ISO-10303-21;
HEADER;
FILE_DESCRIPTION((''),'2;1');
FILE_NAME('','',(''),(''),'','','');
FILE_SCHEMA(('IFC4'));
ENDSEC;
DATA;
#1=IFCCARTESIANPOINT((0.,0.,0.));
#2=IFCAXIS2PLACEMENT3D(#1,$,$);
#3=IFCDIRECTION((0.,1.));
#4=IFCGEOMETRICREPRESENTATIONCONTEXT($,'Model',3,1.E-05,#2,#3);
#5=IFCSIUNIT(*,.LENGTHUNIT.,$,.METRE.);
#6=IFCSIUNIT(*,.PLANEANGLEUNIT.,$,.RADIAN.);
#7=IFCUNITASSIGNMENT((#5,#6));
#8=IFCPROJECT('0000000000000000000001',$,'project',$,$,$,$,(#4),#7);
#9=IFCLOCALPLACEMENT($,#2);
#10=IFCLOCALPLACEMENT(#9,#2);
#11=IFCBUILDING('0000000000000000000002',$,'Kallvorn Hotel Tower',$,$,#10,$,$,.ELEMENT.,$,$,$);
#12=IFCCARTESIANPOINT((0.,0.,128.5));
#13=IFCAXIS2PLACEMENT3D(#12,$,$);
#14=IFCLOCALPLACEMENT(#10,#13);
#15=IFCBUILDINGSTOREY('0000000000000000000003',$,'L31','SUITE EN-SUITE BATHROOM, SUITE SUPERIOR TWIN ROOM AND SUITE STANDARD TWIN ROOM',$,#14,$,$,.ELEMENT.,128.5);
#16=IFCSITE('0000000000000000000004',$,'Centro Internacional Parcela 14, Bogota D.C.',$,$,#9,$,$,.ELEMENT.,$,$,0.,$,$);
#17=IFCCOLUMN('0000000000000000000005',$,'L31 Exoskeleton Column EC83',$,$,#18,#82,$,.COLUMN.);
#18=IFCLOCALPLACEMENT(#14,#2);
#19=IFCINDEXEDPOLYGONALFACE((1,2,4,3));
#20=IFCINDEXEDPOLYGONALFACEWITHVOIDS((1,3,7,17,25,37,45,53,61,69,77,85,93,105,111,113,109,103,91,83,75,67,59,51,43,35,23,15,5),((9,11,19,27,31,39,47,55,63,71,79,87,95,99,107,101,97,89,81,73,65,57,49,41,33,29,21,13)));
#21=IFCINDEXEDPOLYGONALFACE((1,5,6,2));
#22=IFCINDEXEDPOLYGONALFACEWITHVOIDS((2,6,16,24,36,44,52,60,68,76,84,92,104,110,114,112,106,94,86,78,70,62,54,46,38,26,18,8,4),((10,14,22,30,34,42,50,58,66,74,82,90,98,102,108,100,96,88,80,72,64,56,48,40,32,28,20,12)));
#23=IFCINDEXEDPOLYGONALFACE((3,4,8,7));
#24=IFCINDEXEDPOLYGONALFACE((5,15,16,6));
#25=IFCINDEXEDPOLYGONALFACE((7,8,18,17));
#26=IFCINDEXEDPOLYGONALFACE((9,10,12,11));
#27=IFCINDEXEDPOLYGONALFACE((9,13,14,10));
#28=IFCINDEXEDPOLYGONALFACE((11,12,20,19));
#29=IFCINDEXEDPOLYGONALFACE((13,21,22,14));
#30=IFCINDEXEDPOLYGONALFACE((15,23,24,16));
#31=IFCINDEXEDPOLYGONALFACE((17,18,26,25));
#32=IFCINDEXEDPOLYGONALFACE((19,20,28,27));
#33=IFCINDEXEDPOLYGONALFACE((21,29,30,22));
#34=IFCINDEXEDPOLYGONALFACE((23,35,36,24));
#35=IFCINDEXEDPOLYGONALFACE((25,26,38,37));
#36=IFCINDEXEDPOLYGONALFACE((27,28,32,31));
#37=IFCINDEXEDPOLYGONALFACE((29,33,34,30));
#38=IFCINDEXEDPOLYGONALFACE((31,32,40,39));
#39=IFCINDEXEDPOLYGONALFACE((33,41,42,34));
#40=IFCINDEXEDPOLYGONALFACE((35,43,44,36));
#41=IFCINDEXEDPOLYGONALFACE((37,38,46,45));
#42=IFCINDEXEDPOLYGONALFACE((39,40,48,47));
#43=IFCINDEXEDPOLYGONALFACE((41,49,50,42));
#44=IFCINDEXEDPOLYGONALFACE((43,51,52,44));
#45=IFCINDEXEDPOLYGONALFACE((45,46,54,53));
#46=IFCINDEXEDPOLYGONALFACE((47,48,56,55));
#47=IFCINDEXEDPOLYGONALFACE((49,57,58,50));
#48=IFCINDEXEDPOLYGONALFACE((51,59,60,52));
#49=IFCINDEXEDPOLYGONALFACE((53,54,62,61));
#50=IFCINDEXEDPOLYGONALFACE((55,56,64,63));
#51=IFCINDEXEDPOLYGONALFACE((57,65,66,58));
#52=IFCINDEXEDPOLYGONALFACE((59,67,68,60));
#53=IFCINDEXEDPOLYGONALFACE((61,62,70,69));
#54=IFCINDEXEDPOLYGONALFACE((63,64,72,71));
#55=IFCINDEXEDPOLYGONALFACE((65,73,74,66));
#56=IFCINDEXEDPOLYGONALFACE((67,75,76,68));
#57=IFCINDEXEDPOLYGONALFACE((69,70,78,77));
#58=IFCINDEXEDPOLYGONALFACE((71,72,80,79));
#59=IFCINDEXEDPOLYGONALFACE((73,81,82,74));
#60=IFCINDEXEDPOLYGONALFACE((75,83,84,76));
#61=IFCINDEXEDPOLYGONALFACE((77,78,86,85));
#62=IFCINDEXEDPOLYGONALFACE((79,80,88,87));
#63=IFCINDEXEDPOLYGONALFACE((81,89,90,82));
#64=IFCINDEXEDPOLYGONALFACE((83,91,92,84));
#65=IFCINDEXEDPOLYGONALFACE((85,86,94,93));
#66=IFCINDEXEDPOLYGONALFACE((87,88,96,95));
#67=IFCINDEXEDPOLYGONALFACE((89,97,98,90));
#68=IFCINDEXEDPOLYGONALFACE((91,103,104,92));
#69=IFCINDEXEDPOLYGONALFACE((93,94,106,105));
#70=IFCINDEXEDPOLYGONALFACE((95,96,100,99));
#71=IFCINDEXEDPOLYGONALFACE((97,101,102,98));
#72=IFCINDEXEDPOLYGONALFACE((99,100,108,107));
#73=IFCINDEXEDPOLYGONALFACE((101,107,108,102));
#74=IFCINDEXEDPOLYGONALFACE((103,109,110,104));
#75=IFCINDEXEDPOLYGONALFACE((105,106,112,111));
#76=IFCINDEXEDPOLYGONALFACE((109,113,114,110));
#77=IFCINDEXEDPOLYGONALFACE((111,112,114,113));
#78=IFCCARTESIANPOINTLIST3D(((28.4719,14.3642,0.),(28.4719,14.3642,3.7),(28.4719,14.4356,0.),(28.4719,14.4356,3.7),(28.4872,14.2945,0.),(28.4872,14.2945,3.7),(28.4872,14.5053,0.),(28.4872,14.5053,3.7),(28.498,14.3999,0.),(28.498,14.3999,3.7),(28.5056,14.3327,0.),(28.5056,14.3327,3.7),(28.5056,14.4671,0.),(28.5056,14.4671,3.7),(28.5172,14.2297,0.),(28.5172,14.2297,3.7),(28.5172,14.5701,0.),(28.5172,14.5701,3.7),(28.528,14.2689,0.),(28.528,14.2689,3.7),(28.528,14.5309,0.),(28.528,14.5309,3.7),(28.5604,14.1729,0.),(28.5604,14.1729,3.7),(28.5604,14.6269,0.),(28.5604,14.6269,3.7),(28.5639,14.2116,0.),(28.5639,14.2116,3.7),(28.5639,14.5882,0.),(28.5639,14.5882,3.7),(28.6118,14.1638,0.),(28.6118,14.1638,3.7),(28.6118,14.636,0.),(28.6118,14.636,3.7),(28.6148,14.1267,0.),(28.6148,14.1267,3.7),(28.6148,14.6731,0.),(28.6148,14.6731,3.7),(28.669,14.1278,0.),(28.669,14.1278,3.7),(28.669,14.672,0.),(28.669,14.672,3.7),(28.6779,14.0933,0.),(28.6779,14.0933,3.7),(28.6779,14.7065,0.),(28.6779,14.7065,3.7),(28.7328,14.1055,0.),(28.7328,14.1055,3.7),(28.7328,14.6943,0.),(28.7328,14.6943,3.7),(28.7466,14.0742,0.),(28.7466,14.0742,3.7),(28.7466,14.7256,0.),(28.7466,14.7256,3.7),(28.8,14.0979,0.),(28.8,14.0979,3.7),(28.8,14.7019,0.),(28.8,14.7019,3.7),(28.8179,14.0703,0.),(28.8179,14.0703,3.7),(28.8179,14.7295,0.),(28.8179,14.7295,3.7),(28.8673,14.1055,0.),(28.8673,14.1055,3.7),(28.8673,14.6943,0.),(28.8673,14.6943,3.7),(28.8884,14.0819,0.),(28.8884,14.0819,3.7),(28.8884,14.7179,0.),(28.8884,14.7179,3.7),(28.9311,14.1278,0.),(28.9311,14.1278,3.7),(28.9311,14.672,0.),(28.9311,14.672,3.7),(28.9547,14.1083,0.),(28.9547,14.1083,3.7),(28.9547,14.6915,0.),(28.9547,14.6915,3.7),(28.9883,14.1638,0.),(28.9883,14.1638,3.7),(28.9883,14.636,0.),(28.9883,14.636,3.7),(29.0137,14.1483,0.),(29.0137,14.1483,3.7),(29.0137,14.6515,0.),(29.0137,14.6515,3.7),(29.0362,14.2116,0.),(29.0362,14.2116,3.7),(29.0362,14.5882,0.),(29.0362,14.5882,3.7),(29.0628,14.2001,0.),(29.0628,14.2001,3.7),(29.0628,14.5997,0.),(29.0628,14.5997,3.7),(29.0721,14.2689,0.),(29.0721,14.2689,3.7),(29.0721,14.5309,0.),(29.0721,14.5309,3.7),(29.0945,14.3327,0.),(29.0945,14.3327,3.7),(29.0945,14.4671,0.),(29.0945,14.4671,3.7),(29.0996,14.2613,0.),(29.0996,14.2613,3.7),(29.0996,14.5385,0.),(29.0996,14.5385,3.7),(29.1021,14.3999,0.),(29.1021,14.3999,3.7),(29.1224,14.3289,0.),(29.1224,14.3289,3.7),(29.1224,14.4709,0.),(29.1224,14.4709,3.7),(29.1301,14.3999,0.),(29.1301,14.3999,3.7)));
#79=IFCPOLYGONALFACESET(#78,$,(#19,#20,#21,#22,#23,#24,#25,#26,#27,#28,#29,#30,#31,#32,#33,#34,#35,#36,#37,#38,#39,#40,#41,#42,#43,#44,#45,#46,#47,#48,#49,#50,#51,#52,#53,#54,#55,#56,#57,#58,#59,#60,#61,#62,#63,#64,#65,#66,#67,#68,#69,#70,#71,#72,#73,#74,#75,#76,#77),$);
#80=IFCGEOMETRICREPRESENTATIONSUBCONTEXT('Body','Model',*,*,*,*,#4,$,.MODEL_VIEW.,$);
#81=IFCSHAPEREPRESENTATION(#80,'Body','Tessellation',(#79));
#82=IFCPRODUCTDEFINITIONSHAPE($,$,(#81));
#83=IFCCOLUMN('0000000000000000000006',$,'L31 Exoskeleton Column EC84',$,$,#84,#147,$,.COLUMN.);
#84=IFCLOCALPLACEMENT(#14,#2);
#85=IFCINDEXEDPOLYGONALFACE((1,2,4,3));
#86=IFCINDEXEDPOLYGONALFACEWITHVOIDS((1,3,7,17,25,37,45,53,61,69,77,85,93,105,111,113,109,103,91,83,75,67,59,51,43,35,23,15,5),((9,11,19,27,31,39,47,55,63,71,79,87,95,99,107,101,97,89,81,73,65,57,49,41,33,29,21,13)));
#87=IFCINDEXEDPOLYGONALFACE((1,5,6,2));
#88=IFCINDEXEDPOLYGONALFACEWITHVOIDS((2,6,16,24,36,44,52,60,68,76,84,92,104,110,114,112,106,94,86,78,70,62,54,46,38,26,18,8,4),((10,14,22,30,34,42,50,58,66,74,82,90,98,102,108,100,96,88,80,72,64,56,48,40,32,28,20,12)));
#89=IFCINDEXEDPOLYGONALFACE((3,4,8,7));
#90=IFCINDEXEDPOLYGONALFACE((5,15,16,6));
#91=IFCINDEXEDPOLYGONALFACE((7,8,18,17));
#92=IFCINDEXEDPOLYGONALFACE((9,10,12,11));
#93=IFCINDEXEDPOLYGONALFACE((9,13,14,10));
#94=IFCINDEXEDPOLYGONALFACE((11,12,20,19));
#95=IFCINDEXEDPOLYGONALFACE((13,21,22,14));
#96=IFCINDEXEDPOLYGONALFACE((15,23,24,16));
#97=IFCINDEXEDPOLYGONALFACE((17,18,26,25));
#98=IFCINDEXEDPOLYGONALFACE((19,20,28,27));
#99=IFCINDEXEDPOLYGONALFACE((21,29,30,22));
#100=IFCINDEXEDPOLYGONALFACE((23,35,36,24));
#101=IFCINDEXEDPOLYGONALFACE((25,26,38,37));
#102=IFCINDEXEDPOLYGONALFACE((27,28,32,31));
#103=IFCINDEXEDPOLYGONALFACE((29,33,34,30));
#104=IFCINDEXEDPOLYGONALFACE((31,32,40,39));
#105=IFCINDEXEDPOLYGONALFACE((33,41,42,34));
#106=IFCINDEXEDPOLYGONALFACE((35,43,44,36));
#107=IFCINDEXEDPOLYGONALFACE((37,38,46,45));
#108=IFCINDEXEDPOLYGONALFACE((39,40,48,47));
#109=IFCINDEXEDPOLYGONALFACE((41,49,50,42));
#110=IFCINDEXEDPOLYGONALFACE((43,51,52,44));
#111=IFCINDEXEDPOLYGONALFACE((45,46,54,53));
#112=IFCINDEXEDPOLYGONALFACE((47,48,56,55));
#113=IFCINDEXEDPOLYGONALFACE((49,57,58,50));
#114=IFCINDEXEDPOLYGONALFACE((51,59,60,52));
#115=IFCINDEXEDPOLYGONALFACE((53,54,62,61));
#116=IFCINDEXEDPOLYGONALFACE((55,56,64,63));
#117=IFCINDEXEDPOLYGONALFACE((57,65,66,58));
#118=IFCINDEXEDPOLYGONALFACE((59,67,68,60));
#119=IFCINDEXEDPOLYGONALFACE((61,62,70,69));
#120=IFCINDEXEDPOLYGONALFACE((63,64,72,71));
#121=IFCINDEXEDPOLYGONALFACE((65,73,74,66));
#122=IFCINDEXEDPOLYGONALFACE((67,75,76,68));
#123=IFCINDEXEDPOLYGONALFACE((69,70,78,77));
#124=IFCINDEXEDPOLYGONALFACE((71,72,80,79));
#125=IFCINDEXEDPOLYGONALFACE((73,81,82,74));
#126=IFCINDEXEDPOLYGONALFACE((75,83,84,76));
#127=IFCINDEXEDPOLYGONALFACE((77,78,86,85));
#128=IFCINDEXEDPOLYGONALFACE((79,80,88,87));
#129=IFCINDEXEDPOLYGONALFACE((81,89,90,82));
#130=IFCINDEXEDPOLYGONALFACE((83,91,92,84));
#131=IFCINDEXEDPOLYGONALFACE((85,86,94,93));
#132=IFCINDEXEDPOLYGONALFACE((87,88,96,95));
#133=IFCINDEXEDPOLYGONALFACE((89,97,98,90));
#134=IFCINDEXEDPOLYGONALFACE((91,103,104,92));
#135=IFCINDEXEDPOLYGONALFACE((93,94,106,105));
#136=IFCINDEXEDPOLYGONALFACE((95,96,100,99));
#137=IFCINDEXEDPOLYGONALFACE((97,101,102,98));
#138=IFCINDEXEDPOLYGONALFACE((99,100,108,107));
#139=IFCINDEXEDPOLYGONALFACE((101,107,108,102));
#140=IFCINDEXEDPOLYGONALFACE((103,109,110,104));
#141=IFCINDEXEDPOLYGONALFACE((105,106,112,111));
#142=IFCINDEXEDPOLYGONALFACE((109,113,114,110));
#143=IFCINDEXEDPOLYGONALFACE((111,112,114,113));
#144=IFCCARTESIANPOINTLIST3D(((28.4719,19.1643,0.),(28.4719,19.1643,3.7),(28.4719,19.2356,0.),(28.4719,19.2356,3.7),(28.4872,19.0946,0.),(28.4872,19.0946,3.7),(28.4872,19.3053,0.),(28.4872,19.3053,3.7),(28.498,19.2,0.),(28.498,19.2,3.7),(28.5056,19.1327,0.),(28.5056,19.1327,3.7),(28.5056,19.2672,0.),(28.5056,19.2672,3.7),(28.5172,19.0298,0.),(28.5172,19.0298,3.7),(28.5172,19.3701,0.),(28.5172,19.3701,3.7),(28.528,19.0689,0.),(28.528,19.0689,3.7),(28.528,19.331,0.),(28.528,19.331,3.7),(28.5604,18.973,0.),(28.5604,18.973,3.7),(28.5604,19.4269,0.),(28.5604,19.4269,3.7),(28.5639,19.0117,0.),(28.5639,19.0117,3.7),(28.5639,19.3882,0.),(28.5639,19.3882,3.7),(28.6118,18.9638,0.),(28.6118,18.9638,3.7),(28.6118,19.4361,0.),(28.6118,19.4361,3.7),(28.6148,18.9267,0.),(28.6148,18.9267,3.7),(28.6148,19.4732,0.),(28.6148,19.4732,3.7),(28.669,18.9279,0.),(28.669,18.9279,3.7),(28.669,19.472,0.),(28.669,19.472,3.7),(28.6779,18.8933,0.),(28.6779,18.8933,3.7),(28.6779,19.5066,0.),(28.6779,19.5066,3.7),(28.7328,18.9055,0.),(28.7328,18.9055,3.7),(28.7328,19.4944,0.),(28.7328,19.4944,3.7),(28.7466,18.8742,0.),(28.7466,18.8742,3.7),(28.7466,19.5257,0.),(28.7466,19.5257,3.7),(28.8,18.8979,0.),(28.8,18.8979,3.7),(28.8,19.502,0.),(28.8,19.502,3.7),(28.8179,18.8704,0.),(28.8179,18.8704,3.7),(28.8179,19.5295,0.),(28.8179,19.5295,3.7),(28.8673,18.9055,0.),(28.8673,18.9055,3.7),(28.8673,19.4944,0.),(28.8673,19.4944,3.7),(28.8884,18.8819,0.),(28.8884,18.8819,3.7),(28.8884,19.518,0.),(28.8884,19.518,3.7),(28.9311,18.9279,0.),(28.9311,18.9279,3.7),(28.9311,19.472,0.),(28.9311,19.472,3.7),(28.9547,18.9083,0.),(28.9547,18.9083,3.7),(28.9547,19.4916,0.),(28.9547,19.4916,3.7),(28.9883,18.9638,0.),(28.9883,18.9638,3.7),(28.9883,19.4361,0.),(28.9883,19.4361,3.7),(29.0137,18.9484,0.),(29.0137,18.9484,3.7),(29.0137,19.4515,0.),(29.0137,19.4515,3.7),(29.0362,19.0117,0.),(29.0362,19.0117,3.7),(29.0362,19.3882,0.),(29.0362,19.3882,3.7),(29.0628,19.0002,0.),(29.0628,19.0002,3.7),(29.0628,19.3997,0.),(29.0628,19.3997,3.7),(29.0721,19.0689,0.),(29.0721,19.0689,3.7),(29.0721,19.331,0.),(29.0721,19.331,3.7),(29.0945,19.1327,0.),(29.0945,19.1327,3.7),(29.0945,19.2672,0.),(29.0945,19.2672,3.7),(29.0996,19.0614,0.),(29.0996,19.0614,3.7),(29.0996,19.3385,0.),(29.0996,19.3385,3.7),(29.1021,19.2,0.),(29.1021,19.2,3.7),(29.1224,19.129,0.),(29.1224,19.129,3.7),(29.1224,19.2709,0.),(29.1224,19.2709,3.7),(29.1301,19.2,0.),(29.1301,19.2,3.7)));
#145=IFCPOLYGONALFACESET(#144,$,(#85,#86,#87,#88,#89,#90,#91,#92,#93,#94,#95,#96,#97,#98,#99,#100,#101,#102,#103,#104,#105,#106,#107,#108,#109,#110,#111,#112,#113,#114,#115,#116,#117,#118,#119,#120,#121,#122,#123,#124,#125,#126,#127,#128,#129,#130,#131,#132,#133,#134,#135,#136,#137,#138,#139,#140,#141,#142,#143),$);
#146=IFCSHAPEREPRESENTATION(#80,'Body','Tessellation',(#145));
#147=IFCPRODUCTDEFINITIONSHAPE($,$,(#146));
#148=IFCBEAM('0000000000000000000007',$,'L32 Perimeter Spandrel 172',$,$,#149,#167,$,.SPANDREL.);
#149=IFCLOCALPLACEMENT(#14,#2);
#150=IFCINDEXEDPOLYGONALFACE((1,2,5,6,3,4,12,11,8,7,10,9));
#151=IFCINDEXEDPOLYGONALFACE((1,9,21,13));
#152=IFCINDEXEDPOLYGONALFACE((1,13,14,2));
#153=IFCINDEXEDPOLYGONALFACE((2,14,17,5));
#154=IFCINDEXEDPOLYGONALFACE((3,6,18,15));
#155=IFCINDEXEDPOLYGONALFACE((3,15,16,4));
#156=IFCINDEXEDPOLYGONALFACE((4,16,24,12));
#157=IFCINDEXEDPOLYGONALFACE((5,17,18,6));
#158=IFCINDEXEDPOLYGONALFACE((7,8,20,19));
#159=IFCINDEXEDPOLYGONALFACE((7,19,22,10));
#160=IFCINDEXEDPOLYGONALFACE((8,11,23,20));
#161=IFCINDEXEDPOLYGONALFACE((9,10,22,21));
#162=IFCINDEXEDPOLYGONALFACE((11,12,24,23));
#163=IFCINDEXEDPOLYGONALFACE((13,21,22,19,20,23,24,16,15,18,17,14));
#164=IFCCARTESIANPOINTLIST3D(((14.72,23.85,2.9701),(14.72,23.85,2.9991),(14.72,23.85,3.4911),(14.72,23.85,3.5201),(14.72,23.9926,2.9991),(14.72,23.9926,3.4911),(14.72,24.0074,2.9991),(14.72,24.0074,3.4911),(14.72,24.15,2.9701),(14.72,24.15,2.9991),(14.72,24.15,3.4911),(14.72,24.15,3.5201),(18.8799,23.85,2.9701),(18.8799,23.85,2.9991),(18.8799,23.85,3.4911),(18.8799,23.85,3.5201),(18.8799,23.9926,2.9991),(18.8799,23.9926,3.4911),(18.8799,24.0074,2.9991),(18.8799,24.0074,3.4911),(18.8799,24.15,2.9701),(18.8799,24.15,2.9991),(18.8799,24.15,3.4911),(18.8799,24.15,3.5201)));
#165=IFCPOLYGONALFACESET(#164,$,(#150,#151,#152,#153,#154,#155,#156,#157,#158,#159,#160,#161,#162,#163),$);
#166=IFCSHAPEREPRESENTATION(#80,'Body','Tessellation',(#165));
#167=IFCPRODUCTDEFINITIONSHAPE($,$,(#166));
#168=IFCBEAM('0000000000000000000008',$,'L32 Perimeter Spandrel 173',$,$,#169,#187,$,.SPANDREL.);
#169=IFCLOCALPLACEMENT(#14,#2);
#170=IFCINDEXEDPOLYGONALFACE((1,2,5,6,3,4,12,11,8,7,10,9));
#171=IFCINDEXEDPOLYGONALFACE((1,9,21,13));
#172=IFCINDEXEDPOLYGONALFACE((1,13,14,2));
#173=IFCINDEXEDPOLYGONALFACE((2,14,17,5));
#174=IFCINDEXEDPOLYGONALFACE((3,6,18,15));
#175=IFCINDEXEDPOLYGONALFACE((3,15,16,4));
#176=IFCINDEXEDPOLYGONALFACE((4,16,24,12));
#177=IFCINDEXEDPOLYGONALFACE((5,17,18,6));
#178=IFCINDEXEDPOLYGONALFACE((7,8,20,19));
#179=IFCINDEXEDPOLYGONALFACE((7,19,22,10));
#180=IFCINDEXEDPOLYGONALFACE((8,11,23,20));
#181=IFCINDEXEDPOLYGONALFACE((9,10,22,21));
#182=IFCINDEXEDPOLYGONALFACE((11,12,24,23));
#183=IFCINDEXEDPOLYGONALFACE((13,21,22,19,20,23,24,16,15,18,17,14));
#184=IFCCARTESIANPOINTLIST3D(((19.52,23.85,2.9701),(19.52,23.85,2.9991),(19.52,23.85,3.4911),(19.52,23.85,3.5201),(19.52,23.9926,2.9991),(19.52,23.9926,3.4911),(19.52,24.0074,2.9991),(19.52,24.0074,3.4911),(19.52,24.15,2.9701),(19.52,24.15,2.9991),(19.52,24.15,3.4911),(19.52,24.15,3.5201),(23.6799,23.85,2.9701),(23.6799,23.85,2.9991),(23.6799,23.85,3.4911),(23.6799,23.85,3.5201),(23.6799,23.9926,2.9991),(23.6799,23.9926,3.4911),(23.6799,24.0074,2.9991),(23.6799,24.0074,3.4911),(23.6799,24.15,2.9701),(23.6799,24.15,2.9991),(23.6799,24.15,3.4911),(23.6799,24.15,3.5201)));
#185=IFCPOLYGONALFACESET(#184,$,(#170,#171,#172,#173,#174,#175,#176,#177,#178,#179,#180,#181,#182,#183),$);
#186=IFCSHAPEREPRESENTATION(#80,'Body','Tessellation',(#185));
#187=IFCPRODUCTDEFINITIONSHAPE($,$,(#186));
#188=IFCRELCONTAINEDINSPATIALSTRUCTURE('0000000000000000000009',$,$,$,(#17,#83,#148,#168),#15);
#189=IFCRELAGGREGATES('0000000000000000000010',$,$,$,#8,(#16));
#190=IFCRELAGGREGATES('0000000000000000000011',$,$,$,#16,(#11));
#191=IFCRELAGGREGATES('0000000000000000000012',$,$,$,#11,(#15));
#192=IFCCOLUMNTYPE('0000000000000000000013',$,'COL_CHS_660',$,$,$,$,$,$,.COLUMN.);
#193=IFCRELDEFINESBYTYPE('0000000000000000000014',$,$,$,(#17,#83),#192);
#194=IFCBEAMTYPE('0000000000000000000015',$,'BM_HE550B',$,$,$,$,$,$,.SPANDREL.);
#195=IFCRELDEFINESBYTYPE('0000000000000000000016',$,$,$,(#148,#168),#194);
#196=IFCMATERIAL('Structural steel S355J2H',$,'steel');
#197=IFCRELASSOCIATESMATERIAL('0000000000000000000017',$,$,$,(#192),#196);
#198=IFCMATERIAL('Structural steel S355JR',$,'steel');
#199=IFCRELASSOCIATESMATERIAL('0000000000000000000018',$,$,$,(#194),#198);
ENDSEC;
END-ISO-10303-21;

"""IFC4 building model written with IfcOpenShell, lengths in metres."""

from ifc_helpers import new_model, si_unit, direction, frame, origin, origin_2d, place, context, subcontext, project, spatial, hollow_circle, i_section, extrude, material, material_profile, profile_set, type_object, element, save


model = new_model("IFC4")

# Units and contexts
model_context = context("Model", 3, precision=1e-05, world=origin(), true_north=direction((0.0, 1.0)))
body_context = subcontext(model_context, "Body", "Model", "MODEL_VIEW")
ifc_project = project(units=[si_unit("LENGTHUNIT", "METRE"), si_unit("PLANEANGLEUNIT", "RADIAN")], contexts=[model_context])

# Site, building, storey
site_placement = place(None, origin())
site = spatial("IfcSite", under=ifc_project, at=site_placement, Name="Centro Internacional Parcela 14, Bogota D.C.", CompositionType="ELEMENT", RefElevation=0.0)
building_placement = place(site_placement, origin())
building = spatial("IfcBuilding", under=site, at=building_placement, Name="Kallvorn Hotel Tower", CompositionType="ELEMENT")
storey_placement = place(building_placement, frame((0.0, 0.0, 128.5)))
storey = spatial("IfcBuildingStorey", under=building, at=storey_placement, Name="L31", Description="SUITE EN-SUITE BATHROOM, SUITE SUPERIOR TWIN ROOM AND SUITE STANDARD TWIN ROOM", CompositionType="ELEMENT", Elevation=128.5)

# Columns
ifc_material_1 = material(Name="Structural steel S355J2H", Category="steel")
ifc_material_profile_1 = material_profile(ifc_material_1, hollow_circle(Radius=0.3301, WallThickness=0.0281, at=origin_2d()), Name="CHS 660x28")
ifc_profile_set_1 = profile_set([ifc_material_profile_1], Name="Structural steel S355J2H")
column_type = type_object("IfcColumnType", Name="COL_CHS_660", PredefinedType="COLUMN", material=ifc_profile_set_1)
for number, where, z_axis, x_axis, name in (
    (1, (28.8, 14.3999, 0.0), (0.0, 0.0, 1.0), (1.0, 0.0, 0.0), "L31 Exoskeleton Column EC83"),
    (2, (28.8, 19.2, 0.0), (0.0, 0.0, 1.0), (1.0, 0.0, 0.0), "L31 Exoskeleton Column EC84"),
):
    element("IfcColumn", number, at=place(storey_placement, frame(where, z_axis=z_axis, x_axis=x_axis)), inside=storey, type_object=column_type, Name=name, PredefinedType="COLUMN", context=body_context, shape_type="SweptSolid", body=[
        extrude(hollow_circle(Radius=0.3301, WallThickness=0.0281, at=origin_2d()), origin(), (0.0, 0.0, 1.0), 3.7),
    ])

# Beams
ifc_material_2 = material(Name="Structural steel S355JR", Category="steel")
ifc_material_profile_2 = material_profile(ifc_material_2, i_section(OverallWidth=0.3, OverallDepth=0.55, WebThickness=0.0149, FlangeThickness=0.0291, at=origin_2d()), Name="HE 550 B")
ifc_profile_set_2 = profile_set([ifc_material_profile_2], Name="Structural steel S355JR")
beam_type_1 = type_object("IfcBeamType", Name="BM_HE550B", PredefinedType="SPANDREL", material=ifc_profile_set_2)
for number, where, z_axis, x_axis, name in (
    (3, (14.72, 24.0, 3.2451), (1.0, 0.0, 0.0), (0.0, 1.0, 0.0), "L32 Perimeter Spandrel 172"),
    (4, (19.52, 24.0, 3.2451), (1.0, 0.0, 0.0), (0.0, 1.0, 0.0), "L32 Perimeter Spandrel 173"),
):
    element("IfcBeam", number, at=place(storey_placement, frame(where, z_axis=z_axis, x_axis=x_axis)), inside=storey, type_object=beam_type_1, Name=name, PredefinedType="SPANDREL", context=body_context, shape_type="SweptSolid", body=[
        extrude(i_section(OverallWidth=0.3, OverallDepth=0.55, WebThickness=0.0149, FlangeThickness=0.0291, at=origin_2d()), origin(), (0.0, 0.0, 1.0), 4.1599),
    ])

save(model, "model.ifc")
